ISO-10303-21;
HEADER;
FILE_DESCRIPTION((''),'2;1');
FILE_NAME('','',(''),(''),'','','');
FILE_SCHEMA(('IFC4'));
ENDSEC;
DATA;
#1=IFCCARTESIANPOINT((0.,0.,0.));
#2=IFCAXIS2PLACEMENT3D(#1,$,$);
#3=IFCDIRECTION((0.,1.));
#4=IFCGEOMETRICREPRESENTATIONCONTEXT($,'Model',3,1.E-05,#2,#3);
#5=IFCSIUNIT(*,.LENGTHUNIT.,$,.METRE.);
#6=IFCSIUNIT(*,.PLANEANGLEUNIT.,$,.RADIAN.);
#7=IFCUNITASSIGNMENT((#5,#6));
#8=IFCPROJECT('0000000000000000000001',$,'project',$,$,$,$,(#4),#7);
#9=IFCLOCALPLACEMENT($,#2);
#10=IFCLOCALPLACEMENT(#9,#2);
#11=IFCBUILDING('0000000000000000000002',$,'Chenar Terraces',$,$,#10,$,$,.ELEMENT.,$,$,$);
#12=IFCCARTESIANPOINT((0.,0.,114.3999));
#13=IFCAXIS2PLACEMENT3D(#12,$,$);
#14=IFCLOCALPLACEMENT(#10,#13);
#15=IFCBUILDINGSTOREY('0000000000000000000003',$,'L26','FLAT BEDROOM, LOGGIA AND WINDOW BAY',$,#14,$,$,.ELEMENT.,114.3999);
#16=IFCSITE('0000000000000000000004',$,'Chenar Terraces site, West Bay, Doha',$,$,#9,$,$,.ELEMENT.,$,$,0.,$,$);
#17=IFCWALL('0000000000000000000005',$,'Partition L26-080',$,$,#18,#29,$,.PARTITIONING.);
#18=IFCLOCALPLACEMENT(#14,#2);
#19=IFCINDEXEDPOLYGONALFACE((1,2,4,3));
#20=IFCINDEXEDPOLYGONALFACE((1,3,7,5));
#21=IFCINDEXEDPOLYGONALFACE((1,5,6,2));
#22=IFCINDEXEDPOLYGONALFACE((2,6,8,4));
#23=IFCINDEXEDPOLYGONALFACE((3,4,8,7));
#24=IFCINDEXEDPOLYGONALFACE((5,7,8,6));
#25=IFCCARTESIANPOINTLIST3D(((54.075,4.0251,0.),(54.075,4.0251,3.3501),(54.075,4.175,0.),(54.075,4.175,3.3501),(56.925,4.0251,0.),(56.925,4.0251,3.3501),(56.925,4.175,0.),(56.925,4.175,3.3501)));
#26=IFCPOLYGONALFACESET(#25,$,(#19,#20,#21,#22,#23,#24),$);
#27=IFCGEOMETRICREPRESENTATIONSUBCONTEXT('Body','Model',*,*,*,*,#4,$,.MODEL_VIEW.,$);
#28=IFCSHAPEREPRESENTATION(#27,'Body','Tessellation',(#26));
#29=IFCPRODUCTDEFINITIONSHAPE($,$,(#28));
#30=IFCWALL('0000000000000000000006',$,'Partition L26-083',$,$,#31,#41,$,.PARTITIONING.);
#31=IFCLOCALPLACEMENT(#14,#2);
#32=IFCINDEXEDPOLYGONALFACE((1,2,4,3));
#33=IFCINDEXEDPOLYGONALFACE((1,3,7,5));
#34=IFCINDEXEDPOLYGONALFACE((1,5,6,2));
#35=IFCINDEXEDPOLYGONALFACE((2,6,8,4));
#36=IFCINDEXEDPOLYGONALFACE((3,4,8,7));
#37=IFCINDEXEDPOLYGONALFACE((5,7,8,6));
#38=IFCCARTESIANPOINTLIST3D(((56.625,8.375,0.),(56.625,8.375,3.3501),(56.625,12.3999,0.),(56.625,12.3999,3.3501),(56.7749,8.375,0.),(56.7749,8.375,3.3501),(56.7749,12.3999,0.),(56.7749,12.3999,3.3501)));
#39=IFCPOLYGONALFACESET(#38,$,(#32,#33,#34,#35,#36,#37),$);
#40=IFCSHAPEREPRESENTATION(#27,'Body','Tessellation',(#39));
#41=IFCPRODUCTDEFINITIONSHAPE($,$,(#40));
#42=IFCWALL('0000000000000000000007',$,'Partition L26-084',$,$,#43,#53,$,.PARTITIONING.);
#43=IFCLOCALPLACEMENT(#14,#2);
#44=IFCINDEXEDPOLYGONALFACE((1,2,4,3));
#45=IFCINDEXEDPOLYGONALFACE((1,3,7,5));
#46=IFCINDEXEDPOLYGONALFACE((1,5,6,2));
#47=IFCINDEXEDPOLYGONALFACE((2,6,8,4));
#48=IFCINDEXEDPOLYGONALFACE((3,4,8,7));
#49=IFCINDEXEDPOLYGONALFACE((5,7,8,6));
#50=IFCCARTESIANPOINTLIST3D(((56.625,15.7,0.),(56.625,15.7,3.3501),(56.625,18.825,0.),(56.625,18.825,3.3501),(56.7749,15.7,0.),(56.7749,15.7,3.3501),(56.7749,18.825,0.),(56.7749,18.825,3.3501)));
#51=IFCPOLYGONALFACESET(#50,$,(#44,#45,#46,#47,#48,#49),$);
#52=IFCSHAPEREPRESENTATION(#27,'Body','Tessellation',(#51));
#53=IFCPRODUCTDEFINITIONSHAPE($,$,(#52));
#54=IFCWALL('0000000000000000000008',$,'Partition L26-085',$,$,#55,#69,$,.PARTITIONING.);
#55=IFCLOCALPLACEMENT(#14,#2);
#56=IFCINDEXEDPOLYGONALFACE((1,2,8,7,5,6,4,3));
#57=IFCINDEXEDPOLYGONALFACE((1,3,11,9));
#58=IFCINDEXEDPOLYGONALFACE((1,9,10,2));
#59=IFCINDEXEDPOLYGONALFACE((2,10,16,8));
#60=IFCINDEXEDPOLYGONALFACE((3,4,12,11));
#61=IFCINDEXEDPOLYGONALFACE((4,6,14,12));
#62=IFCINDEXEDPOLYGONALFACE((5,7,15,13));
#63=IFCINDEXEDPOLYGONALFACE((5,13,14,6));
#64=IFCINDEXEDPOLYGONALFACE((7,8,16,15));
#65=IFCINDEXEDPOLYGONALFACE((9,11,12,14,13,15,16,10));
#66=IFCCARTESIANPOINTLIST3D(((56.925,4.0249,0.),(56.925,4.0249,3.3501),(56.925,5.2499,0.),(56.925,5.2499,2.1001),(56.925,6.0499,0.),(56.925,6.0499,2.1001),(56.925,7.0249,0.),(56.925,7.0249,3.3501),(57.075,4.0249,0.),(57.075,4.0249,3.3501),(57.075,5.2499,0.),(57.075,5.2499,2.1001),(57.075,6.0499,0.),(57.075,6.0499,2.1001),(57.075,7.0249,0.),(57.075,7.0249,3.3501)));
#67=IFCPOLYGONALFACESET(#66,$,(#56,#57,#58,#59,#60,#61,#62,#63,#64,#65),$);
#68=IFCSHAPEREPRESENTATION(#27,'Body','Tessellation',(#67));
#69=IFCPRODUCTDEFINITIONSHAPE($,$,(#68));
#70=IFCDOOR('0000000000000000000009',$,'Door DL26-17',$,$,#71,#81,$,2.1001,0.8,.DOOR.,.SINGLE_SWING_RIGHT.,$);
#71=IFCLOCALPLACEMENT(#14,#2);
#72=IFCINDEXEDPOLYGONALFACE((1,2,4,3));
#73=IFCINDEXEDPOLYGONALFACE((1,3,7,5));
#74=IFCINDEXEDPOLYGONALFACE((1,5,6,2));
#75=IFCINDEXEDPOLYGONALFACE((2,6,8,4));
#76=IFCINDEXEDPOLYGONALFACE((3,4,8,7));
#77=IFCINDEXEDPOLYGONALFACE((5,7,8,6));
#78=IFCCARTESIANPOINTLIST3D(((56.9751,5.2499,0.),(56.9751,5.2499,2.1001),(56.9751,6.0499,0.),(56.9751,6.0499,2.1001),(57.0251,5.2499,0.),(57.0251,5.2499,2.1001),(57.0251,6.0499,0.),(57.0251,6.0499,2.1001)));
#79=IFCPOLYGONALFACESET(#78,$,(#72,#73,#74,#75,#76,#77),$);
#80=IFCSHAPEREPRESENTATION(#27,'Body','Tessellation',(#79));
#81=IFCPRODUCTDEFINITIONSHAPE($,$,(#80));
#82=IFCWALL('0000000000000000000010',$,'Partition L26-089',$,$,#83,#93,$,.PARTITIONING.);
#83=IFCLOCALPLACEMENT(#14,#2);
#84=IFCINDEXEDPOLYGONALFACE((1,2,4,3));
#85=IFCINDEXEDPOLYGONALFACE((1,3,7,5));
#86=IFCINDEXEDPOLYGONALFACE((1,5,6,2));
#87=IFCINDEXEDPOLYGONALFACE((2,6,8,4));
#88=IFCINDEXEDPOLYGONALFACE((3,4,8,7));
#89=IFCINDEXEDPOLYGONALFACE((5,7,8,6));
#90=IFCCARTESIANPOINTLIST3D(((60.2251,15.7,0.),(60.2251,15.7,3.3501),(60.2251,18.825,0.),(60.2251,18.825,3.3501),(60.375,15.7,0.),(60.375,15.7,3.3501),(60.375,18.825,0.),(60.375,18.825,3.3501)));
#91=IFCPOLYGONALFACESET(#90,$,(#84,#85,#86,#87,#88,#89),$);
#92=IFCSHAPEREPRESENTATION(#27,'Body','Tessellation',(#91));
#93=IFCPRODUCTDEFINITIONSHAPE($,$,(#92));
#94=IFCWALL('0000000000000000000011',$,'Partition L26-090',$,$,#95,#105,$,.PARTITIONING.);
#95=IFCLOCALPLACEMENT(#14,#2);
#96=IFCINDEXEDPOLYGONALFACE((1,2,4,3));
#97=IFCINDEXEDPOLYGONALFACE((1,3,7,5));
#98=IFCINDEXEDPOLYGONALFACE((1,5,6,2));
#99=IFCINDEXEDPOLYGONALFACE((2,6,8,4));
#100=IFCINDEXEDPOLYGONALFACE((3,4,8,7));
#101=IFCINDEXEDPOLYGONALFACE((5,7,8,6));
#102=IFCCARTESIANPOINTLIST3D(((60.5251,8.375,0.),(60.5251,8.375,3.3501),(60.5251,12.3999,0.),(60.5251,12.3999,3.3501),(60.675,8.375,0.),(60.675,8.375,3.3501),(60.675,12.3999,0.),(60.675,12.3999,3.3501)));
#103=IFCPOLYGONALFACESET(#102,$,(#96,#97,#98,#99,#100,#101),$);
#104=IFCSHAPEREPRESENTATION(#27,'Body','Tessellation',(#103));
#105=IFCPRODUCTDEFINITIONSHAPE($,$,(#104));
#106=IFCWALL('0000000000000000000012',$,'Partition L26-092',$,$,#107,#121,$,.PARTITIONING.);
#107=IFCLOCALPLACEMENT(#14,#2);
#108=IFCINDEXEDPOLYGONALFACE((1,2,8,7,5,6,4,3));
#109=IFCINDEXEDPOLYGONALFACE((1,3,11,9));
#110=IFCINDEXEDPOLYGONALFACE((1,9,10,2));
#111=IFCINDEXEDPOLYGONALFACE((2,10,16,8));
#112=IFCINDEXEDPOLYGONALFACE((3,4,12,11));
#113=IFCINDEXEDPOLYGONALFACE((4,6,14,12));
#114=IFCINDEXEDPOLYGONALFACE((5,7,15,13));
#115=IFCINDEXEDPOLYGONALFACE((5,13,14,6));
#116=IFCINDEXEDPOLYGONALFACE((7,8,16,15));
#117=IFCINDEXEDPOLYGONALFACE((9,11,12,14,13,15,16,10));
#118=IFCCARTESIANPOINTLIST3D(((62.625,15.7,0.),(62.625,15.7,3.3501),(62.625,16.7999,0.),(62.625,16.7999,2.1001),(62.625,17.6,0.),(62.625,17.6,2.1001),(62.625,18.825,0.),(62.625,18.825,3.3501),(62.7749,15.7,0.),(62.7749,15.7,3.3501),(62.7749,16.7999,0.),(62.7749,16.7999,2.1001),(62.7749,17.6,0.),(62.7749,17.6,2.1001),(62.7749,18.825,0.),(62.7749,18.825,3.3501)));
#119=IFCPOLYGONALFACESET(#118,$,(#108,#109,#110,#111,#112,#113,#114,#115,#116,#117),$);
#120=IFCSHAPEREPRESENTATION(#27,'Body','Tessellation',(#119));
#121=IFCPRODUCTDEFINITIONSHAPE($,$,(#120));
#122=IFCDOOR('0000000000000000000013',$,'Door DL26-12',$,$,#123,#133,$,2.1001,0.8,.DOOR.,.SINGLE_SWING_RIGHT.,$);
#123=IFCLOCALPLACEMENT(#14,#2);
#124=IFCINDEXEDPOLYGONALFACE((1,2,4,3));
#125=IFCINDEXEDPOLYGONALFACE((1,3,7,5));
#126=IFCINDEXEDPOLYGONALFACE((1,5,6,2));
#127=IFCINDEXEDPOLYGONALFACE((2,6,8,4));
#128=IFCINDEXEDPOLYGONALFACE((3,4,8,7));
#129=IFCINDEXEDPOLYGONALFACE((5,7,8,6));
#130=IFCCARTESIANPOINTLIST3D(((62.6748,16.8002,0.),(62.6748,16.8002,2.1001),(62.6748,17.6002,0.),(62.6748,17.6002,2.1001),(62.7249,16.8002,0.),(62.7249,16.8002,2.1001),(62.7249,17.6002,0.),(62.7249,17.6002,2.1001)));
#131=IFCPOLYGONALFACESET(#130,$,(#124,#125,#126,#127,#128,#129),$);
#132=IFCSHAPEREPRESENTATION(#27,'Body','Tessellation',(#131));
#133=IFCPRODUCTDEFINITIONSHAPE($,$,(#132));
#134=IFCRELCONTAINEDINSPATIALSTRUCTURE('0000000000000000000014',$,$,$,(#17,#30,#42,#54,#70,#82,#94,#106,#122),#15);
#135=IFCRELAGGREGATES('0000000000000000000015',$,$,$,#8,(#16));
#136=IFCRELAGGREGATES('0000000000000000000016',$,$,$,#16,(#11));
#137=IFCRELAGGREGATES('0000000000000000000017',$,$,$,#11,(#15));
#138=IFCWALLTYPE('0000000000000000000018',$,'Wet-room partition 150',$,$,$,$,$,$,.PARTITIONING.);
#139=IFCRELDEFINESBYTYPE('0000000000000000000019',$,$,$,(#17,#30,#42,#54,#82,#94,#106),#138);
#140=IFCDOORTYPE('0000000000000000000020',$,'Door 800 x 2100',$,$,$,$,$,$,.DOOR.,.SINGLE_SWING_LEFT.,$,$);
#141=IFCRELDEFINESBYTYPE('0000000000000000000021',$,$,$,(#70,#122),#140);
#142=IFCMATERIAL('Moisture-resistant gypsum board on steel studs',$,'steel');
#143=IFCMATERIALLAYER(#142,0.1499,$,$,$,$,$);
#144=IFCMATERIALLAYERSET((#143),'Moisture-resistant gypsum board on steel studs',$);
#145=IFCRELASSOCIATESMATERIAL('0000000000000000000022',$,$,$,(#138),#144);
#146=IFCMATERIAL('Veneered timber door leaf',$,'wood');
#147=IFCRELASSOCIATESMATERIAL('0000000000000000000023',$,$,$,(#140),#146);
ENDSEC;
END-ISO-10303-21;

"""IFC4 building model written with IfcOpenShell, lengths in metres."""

from ifc_helpers import new_model, si_unit, direction, frame, frame_2d, origin, place, context, subcontext, project, spatial, rectangle, extrude, material, layer, layer_set, type_object, element, fill, save


model = new_model("IFC4")

# Units and contexts
model_context = context("Model", 3, precision=1e-05, world=origin(), true_north=direction((0.0, 1.0)))
body_context = subcontext(model_context, "Body", "Model", "MODEL_VIEW")
ifc_project = project(units=[si_unit("LENGTHUNIT", "METRE"), si_unit("PLANEANGLEUNIT", "RADIAN")], contexts=[model_context])

# Site, building, storey
site_placement = place(None, origin())
site = spatial("IfcSite", under=ifc_project, at=site_placement, Name="Chenar Terraces site, West Bay, Doha", CompositionType="ELEMENT", RefElevation=0.0)
building_placement = place(site_placement, origin())
building = spatial("IfcBuilding", under=site, at=building_placement, Name="Chenar Terraces", CompositionType="ELEMENT")
storey_placement = place(building_placement, frame((0.0, 0.0, 114.3999)))
storey = spatial("IfcBuildingStorey", under=building, at=storey_placement, Name="L26", Description="FLAT BEDROOM, LOGGIA AND WINDOW BAY", CompositionType="ELEMENT", Elevation=114.3999)

# Walls
ifc_material_1 = material(Name="Moisture-resistant gypsum board on steel studs", Category="steel")
ifc_layer_1 = layer(ifc_material_1, 0.1499)
ifc_layer_set_1 = layer_set([ifc_layer_1], Name="Moisture-resistant gypsum board on steel studs")
wall_type_1 = type_object("IfcWallType", Name="Wet-room partition 150", PredefinedType="PARTITIONING", material=ifc_layer_set_1)
wall_1_placement = place(storey_placement, frame((54.075, 4.1001, 0.0), z_axis=(0.0, 0.0, 1.0), x_axis=(1.0, 0.0, 0.0)))
element("IfcWall", 1, at=wall_1_placement, inside=storey, type_object=wall_type_1, Name="Partition L26-080", PredefinedType="PARTITIONING", context=body_context, shape_type="SweptSolid", body=[
    extrude(rectangle(XDim=2.8501, YDim=0.1499, at=frame_2d((1.425, 0.0))), origin(), (0.0, 0.0, 1.0), 3.3501),
])
wall_2_placement = place(storey_placement, frame((56.7, 8.375, 0.0), z_axis=(0.0, 0.0, 1.0), x_axis=(0.0, 1.0, 0.0)))
element("IfcWall", 2, at=wall_2_placement, inside=storey, type_object=wall_type_1, Name="Partition L26-083", PredefinedType="PARTITIONING", context=body_context, shape_type="SweptSolid", body=[
    extrude(rectangle(XDim=4.0249, YDim=0.1499, at=frame_2d((2.0125, 0.0))), origin(), (0.0, 0.0, 1.0), 3.3501),
])
wall_3_placement = place(storey_placement, frame((56.7, 15.7, 0.0), z_axis=(0.0, 0.0, 1.0), x_axis=(0.0, 1.0, 0.0)))
element("IfcWall", 3, at=wall_3_placement, inside=storey, type_object=wall_type_1, Name="Partition L26-084", PredefinedType="PARTITIONING", context=body_context, shape_type="SweptSolid", body=[
    extrude(rectangle(XDim=3.125, YDim=0.1499, at=frame_2d((1.5625, 0.0))), origin(), (0.0, 0.0, 1.0), 3.3501),
])

# Wall, opening, door
wall_4_placement = place(storey_placement, frame((57.0, 4.0249, 0.0), z_axis=(0.0, 0.0, 1.0), x_axis=(0.0, 1.0, 0.0)))
wall_4 = element("IfcWall", 4, at=wall_4_placement, inside=storey, type_object=wall_type_1, Name="Partition L26-085", PredefinedType="PARTITIONING", context=body_context, shape_type="SweptSolid", body=[
    extrude(rectangle(XDim=3.0, YDim=0.1499, at=frame_2d((1.5, 0.0))), origin(), (0.0, 0.0, 1.0), 3.3501),
])
opening_1_placement = place(wall_4_placement, frame((1.2251, 0.0, 0.0)))
opening_1 = element("IfcOpeningElement", 5, at=opening_1_placement, cuts=wall_4, PredefinedType="OPENING", context=body_context, shape_type="SweptSolid", body=[
    extrude(rectangle(XDim=0.8, YDim=2.1001, at=frame_2d((0.3999, 1.05))), frame((0.0, 0.085, 0.0), z_axis=(0.0, -1.0, 0.0), x_axis=(1.0, 0.0, 0.0)), (0.0, 0.0, 1.0), 0.1699),
])
ifc_material_2 = material(Name="Veneered timber door leaf", Category="wood")
door_type_1 = type_object("IfcDoorType", Name="Door 800 x 2100", OperationType="SINGLE_SWING_LEFT", PredefinedType="DOOR", material=ifc_material_2)
door_1_placement = place(opening_1_placement, origin())
door_1 = element("IfcDoor", 6, at=door_1_placement, inside=storey, type_object=door_type_1, Name="Door DL26-17", OperationType="SINGLE_SWING_RIGHT", OverallHeight=2.1001, OverallWidth=0.8, PredefinedType="DOOR", context=body_context, shape_type="SweptSolid", body=[
    extrude(rectangle(XDim=0.8, YDim=2.1001, at=frame_2d((0.3999, 1.05))), frame((0.0, 0.0249, 0.0), z_axis=(0.0, -1.0, 0.0), x_axis=(1.0, 0.0, 0.0)), (0.0, 0.0, 1.0), 0.05),
])
fill(opening_1, door_1)

# Walls
wall_5_placement = place(storey_placement, frame((60.3, 15.7, 0.0), z_axis=(0.0, 0.0, 1.0), x_axis=(0.0, 1.0, 0.0)))
element("IfcWall", 7, at=wall_5_placement, inside=storey, type_object=wall_type_1, Name="Partition L26-089", PredefinedType="PARTITIONING", context=body_context, shape_type="SweptSolid", body=[
    extrude(rectangle(XDim=3.125, YDim=0.1499, at=frame_2d((1.5625, 0.0))), origin(), (0.0, 0.0, 1.0), 3.3501),
])
wall_6_placement = place(storey_placement, frame((60.6001, 8.375, 0.0), z_axis=(0.0, 0.0, 1.0), x_axis=(0.0, 1.0, 0.0)))
element("IfcWall", 8, at=wall_6_placement, inside=storey, type_object=wall_type_1, Name="Partition L26-090", PredefinedType="PARTITIONING", context=body_context, shape_type="SweptSolid", body=[
    extrude(rectangle(XDim=4.0249, YDim=0.1499, at=frame_2d((2.0125, 0.0))), origin(), (0.0, 0.0, 1.0), 3.3501),
])

# Wall, opening, door
wall_7_placement = place(storey_placement, frame((62.7, 15.7, 0.0), z_axis=(0.0, 0.0, 1.0), x_axis=(0.0, 1.0, 0.0)))
wall_7 = element("IfcWall", 9, at=wall_7_placement, inside=storey, type_object=wall_type_1, Name="Partition L26-092", PredefinedType="PARTITIONING", context=body_context, shape_type="SweptSolid", body=[
    extrude(rectangle(XDim=3.125, YDim=0.1499, at=frame_2d((1.5625, 0.0))), origin(), (0.0, 0.0, 1.0), 3.3501),
])
opening_2_placement = place(wall_7_placement, frame((1.1001, 0.0, 0.0)))
opening_2 = element("IfcOpeningElement", 10, at=opening_2_placement, cuts=wall_7, PredefinedType="OPENING", context=body_context, shape_type="SweptSolid", body=[
    extrude(rectangle(XDim=0.8, YDim=2.1001, at=frame_2d((0.3999, 1.05))), frame((0.0, 0.085, 0.0), z_axis=(0.0, -1.0, 0.0), x_axis=(1.0, 0.0, 0.0)), (0.0, 0.0, 1.0), 0.1699),
])
door_2_placement = place(opening_2_placement, frame((0.8, 0.0, 0.0), z_axis=(0.0, 0.0, 1.0), x_axis=(-1.0, 0.0, 0.0)))
door_2 = element("IfcDoor", 11, at=door_2_placement, inside=storey, type_object=door_type_1, Name="Door DL26-12", OperationType="SINGLE_SWING_RIGHT", OverallHeight=2.1001, OverallWidth=0.8, PredefinedType="DOOR", context=body_context, shape_type="SweptSolid", body=[
    extrude(rectangle(XDim=0.8, YDim=2.1001, at=frame_2d((0.3999, 1.05))), frame((0.0, 0.0249, 0.0), z_axis=(0.0, -1.0, 0.0), x_axis=(1.0, 0.0, 0.0)), (0.0, 0.0, 1.0), 0.05),
])
fill(opening_2, door_2)

save(model, "model.ifc")
